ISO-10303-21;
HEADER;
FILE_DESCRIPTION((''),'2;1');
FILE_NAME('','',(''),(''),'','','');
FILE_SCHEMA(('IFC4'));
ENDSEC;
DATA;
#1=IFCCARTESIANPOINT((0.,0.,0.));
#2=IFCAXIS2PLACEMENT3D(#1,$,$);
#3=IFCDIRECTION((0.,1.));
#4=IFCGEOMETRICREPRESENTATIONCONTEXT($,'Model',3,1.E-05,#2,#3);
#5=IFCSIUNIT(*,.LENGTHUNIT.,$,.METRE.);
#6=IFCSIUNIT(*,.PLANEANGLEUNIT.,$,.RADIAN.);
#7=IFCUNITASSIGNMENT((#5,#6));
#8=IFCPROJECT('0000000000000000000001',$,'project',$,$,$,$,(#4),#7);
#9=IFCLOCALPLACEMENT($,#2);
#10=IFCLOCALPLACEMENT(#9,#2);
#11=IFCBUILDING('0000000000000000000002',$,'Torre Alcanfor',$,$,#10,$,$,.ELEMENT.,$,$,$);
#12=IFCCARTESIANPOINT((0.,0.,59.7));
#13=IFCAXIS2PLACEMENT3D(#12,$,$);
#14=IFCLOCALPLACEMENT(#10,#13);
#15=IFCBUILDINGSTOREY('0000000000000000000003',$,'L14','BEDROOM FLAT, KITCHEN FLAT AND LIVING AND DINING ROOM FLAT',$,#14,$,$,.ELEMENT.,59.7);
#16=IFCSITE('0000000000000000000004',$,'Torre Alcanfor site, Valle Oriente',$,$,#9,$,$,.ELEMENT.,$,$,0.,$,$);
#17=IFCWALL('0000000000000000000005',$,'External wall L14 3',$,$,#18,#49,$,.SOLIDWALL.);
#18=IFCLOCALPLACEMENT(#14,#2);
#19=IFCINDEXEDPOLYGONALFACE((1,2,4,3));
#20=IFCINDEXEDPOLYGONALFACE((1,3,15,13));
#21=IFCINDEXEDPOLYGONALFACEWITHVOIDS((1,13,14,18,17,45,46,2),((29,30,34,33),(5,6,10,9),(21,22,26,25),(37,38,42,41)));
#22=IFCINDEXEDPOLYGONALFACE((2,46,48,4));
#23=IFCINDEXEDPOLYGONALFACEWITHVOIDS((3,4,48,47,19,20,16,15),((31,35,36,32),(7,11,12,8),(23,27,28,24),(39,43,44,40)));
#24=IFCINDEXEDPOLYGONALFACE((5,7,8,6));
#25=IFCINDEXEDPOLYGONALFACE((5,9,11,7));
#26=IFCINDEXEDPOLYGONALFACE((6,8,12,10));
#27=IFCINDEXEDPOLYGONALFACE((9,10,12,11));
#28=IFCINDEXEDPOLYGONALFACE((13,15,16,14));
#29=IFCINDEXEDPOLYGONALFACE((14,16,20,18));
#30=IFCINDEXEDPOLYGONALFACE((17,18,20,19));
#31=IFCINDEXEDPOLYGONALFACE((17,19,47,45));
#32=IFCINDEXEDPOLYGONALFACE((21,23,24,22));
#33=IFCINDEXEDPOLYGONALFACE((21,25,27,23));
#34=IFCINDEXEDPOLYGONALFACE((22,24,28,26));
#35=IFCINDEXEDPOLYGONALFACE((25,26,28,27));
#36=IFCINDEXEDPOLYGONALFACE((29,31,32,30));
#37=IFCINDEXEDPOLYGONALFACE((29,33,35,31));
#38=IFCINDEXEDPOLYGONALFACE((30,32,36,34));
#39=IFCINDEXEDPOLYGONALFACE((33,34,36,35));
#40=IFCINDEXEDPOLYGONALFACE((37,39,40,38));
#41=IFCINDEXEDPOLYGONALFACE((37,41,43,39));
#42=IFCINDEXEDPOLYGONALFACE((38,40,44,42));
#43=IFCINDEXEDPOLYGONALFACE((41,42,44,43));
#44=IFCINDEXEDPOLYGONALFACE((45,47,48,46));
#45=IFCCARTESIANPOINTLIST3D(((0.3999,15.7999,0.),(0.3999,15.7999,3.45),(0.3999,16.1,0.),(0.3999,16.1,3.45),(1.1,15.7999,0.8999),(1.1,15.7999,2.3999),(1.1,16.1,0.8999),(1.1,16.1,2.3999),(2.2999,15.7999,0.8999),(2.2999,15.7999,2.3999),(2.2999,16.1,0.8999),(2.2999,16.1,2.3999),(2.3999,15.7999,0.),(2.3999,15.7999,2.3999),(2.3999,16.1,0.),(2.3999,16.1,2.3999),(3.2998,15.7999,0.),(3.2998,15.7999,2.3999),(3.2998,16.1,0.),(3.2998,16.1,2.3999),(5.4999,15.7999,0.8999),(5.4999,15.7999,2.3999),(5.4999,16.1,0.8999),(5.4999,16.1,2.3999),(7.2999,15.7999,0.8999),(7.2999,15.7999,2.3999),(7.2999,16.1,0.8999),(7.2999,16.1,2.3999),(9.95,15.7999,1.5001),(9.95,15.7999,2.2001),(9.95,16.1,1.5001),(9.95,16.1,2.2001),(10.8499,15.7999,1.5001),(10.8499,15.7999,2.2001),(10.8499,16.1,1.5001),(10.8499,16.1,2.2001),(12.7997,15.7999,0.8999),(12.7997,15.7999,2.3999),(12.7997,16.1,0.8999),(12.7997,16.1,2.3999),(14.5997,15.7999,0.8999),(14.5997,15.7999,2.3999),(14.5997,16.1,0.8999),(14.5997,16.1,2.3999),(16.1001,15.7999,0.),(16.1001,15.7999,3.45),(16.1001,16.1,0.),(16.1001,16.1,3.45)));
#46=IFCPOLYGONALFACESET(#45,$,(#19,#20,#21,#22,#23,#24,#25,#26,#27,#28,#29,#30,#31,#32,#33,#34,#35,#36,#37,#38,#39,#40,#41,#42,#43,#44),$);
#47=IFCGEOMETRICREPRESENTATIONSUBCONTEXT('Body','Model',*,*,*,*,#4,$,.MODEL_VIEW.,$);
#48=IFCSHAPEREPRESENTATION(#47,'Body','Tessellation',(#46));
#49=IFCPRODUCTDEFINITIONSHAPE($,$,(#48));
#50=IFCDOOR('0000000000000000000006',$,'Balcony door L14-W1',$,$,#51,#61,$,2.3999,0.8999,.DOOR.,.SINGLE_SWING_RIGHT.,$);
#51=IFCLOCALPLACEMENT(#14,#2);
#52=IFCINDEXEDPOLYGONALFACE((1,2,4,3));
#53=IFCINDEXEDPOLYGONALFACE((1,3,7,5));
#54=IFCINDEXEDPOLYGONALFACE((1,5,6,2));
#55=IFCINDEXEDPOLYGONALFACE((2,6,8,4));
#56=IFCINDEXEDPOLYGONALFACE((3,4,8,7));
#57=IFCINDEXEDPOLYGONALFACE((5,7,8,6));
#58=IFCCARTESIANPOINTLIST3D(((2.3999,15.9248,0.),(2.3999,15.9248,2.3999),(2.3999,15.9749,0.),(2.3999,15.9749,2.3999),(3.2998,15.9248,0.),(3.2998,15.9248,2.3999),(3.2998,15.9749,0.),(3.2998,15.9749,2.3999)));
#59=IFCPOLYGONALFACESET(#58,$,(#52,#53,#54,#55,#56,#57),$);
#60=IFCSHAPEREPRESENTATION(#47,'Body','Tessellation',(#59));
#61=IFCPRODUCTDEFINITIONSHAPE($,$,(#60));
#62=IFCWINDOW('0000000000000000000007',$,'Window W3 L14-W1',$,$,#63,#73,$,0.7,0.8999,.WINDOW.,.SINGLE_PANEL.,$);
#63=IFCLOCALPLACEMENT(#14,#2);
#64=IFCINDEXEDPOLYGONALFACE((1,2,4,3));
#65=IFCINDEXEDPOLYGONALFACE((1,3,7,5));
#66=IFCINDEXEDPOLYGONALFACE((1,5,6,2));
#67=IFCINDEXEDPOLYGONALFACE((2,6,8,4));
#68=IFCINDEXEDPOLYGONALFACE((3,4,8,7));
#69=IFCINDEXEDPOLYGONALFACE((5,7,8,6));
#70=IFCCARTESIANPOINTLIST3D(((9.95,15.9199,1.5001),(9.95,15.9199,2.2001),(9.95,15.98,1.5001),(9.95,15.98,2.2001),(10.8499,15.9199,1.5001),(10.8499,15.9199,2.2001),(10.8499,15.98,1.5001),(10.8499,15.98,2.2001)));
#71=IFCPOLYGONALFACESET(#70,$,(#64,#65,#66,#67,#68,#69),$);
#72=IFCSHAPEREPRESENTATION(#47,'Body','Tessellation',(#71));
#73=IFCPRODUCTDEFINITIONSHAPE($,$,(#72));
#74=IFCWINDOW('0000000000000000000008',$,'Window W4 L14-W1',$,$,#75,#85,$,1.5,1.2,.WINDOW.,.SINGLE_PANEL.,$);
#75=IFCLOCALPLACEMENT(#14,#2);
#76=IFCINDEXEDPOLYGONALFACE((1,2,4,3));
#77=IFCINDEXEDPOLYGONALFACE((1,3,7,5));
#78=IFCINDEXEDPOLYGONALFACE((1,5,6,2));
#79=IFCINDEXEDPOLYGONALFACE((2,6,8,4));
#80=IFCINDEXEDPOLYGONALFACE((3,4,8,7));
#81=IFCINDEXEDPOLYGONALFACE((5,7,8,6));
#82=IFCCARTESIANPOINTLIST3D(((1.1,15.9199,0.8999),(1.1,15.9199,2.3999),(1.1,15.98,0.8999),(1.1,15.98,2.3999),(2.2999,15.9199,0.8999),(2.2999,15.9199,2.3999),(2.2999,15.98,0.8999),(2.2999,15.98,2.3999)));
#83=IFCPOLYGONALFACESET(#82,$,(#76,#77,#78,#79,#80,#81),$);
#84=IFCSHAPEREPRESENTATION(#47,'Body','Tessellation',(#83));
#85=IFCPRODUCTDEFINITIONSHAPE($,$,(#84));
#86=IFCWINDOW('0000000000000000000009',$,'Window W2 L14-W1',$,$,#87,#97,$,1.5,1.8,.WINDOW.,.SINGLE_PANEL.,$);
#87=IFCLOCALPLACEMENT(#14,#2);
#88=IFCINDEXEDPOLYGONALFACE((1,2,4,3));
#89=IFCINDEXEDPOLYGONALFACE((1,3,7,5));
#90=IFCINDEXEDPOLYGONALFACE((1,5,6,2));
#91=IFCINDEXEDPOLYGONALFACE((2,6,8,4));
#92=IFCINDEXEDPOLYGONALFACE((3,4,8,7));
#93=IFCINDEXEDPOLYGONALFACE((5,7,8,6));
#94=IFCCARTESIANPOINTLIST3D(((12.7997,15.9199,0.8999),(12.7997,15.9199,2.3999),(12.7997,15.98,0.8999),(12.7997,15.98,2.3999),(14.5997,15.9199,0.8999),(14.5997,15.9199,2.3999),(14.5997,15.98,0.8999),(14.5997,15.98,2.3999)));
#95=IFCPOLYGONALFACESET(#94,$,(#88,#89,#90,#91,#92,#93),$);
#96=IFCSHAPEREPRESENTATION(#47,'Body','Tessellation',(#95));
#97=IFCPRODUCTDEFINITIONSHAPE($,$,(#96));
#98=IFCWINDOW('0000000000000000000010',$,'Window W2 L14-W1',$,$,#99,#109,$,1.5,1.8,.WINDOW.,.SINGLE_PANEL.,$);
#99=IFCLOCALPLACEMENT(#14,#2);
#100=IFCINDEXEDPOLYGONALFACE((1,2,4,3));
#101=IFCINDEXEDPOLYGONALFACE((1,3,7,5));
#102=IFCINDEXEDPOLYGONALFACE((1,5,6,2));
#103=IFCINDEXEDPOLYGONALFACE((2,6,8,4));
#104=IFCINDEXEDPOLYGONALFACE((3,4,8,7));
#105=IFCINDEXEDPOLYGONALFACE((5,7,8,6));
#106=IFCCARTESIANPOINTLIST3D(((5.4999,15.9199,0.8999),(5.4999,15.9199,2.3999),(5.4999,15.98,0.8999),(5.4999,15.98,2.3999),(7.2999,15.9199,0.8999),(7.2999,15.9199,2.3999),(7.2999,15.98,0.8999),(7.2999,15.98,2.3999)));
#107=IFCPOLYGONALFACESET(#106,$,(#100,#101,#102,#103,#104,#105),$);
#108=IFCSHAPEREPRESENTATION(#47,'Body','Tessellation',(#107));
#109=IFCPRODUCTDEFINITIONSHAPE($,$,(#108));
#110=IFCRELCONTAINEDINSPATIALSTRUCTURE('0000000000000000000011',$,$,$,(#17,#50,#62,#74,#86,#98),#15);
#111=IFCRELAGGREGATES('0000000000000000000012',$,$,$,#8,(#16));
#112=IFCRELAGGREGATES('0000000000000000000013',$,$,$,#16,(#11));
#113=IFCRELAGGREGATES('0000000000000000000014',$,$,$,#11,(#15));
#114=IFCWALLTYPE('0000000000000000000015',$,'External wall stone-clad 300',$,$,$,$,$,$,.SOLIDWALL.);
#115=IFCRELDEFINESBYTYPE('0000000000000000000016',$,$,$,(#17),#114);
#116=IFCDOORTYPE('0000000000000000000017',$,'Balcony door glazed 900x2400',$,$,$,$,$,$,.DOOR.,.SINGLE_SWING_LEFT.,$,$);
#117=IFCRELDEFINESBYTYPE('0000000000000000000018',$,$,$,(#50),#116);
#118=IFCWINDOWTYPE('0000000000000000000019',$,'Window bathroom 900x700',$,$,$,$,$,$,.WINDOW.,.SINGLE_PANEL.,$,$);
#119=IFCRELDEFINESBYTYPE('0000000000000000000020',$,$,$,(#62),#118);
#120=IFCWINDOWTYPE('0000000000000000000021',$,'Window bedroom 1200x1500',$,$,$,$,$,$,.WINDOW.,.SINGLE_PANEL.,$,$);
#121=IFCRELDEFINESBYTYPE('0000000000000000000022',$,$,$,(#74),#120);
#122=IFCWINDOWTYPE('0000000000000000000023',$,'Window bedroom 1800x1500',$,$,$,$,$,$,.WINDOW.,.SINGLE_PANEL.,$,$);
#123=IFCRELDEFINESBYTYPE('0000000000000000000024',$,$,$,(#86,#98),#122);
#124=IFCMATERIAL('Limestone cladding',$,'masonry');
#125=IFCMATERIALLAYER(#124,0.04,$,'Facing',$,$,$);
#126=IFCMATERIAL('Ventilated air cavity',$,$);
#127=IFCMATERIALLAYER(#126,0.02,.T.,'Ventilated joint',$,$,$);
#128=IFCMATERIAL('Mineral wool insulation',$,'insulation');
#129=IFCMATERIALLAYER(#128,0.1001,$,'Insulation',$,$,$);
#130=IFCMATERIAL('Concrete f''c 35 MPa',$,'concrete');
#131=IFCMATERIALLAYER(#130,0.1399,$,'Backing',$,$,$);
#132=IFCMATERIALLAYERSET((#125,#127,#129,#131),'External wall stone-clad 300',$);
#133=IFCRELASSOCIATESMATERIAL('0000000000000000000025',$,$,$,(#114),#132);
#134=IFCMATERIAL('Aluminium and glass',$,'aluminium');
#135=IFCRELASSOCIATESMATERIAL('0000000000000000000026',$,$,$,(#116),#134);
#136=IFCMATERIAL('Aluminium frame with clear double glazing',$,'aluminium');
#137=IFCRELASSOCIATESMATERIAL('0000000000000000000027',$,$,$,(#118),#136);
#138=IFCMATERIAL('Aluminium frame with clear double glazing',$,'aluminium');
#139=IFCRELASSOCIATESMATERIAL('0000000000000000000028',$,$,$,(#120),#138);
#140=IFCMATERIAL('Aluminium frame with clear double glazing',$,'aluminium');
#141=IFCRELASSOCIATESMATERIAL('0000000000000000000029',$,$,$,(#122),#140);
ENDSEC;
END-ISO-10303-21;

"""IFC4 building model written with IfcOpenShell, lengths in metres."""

from ifc_helpers import new_model, si_unit, direction, frame, frame_2d, origin, place, context, subcontext, project, spatial, rectangle, extrude, material, layer, layer_set, type_object, element, fill, save


model = new_model("IFC4")

# Units and contexts
model_context = context("Model", 3, precision=1e-05, world=origin(), true_north=direction((0.0, 1.0)))
body_context = subcontext(model_context, "Body", "Model", "MODEL_VIEW")
ifc_project = project(units=[si_unit("LENGTHUNIT", "METRE"), si_unit("PLANEANGLEUNIT", "RADIAN")], contexts=[model_context])

# Site, building, storey
site_placement = place(None, origin())
site = spatial("IfcSite", under=ifc_project, at=site_placement, Name="Torre Alcanfor site, Valle Oriente", CompositionType="ELEMENT", RefElevation=0.0)
building_placement = place(site_placement, origin())
building = spatial("IfcBuilding", under=site, at=building_placement, Name="Torre Alcanfor", CompositionType="ELEMENT")
storey_placement = place(building_placement, frame((0.0, 0.0, 59.7)))
storey = spatial("IfcBuildingStorey", under=building, at=storey_placement, Name="L14", Description="BEDROOM FLAT, KITCHEN FLAT AND LIVING AND DINING ROOM FLAT", CompositionType="ELEMENT", Elevation=59.7)

# Wall, openings, door, windows
ifc_material_1 = material(Name="Limestone cladding", Category="masonry")
ifc_layer_1 = layer(ifc_material_1, 0.04, Name="Facing")
ifc_material_2 = material(Name="Ventilated air cavity")
ifc_layer_2 = layer(ifc_material_2, 0.02, ventilated=True, Name="Ventilated joint")
ifc_material_3 = material(Name="Mineral wool insulation", Category="insulation")
ifc_layer_3 = layer(ifc_material_3, 0.1001, Name="Insulation")
ifc_material_4 = material(Name="Concrete f'c 35 MPa", Category="concrete")
ifc_layer_4 = layer(ifc_material_4, 0.1399, Name="Backing")
ifc_layer_set_1 = layer_set([ifc_layer_1, ifc_layer_2, ifc_layer_3, ifc_layer_4], Name="External wall stone-clad 300")
wall_type_1 = type_object("IfcWallType", Name="External wall stone-clad 300", PredefinedType="SOLIDWALL", material=ifc_layer_set_1)
wall_1_placement = place(storey_placement, frame((0.3999, 15.95, 0.0), z_axis=(0.0, 0.0, 1.0), x_axis=(1.0, 0.0, 0.0)))
wall_1 = element("IfcWall", 1, at=wall_1_placement, inside=storey, type_object=wall_type_1, Name="External wall L14 3", PredefinedType="SOLIDWALL", context=body_context, shape_type="SweptSolid", body=[
    extrude(rectangle(XDim=15.7002, YDim=0.3, at=frame_2d((7.8501, 0.0))), origin(), (0.0, 0.0, 1.0), 3.45),
])
opening_1_placement = place(wall_1_placement, frame((12.3999, 0.0, 0.8999)))
opening_1 = element("IfcOpeningElement", 2, at=opening_1_placement, cuts=wall_1, PredefinedType="OPENING", context=body_context, shape_type="SweptSolid", body=[
    extrude(rectangle(XDim=1.8, YDim=1.5, at=frame_2d((0.8999, 0.75))), frame((0.0, 0.1599, 0.0), z_axis=(0.0, -1.0, 0.0), x_axis=(1.0, 0.0, 0.0)), (0.0, 0.0, 1.0), 0.3201),
])
opening_2_placement = place(wall_1_placement, frame((9.55, 0.0, 1.5)))
opening_2 = element("IfcOpeningElement", 3, at=opening_2_placement, cuts=wall_1, PredefinedType="OPENING", context=body_context, shape_type="SweptSolid", body=[
    extrude(rectangle(XDim=0.8999, YDim=0.7, at=frame_2d((0.45, 0.3501))), frame((0.0, 0.1599, 0.0), z_axis=(0.0, -1.0, 0.0), x_axis=(1.0, 0.0, 0.0)), (0.0, 0.0, 1.0), 0.3201),
])
opening_3_placement = place(wall_1_placement, frame((5.1001, 0.0, 0.8999)))
opening_3 = element("IfcOpeningElement", 4, at=opening_3_placement, cuts=wall_1, PredefinedType="OPENING", context=body_context, shape_type="SweptSolid", body=[
    extrude(rectangle(XDim=1.8, YDim=1.5, at=frame_2d((0.8999, 0.75))), frame((0.0, 0.1599, 0.0), z_axis=(0.0, -1.0, 0.0), x_axis=(1.0, 0.0, 0.0)), (0.0, 0.0, 1.0), 0.3201),
])
opening_4_placement = place(wall_1_placement, frame((2.0, 0.0, 0.0)))
opening_4 = element("IfcOpeningElement", 5, at=opening_4_placement, cuts=wall_1, PredefinedType="OPENING", context=body_context, shape_type="SweptSolid", body=[
    extrude(rectangle(XDim=0.8999, YDim=2.3999, at=frame_2d((0.45, 1.2))), frame((0.0, 0.1599, 0.0), z_axis=(0.0, -1.0, 0.0), x_axis=(1.0, 0.0, 0.0)), (0.0, 0.0, 1.0), 0.3201),
])
opening_5_placement = place(wall_1_placement, frame((0.7, 0.0, 0.8999)))
opening_5 = element("IfcOpeningElement", 6, at=opening_5_placement, cuts=wall_1, PredefinedType="OPENING", context=body_context, shape_type="SweptSolid", body=[
    extrude(rectangle(XDim=1.2, YDim=1.5, at=frame_2d((0.6001, 0.75))), frame((0.0, 0.1599, 0.0), z_axis=(0.0, -1.0, 0.0), x_axis=(1.0, 0.0, 0.0)), (0.0, 0.0, 1.0), 0.3201),
])
ifc_material_5 = material(Name="Aluminium and glass", Category="aluminium")
door_type = type_object("IfcDoorType", Name="Balcony door glazed 900x2400", OperationType="SINGLE_SWING_LEFT", PredefinedType="DOOR", material=ifc_material_5)
door_1_placement = place(opening_4_placement, origin())
door_1 = element("IfcDoor", 7, at=door_1_placement, inside=storey, type_object=door_type, Name="Balcony door L14-W1", OperationType="SINGLE_SWING_RIGHT", OverallHeight=2.3999, OverallWidth=0.8999, PredefinedType="DOOR", context=body_context, shape_type="SweptSolid", body=[
    extrude(rectangle(XDim=0.8999, YDim=2.3999, at=frame_2d((0.45, 1.2))), frame((0.0, 0.0249, 0.0), z_axis=(0.0, -1.0, 0.0), x_axis=(1.0, 0.0, 0.0)), (0.0, 0.0, 1.0), 0.05),
])
fill(opening_4, door_1)
ifc_material_6 = material(Name="Aluminium frame with clear double glazing", Category="aluminium")
window_type_1 = type_object("IfcWindowType", Name="Window bathroom 900x700", PartitioningType="SINGLE_PANEL", PredefinedType="WINDOW", material=ifc_material_6)
window_1_placement = place(opening_2_placement, origin())
window_1 = element("IfcWindow", 8, at=window_1_placement, inside=storey, type_object=window_type_1, Name="Window W3 L14-W1", OverallHeight=0.7, OverallWidth=0.8999, PartitioningType="SINGLE_PANEL", PredefinedType="WINDOW", context=body_context, shape_type="SweptSolid", body=[
    extrude(rectangle(XDim=0.8999, YDim=0.7, at=frame_2d((0.45, 0.3501))), frame((0.0, 0.03, 0.0), z_axis=(0.0, -1.0, 0.0), x_axis=(1.0, 0.0, 0.0)), (0.0, 0.0, 1.0), 0.0601),
])
fill(opening_2, window_1)
ifc_material_7 = material(Name="Aluminium frame with clear double glazing", Category="aluminium")
window_type_2 = type_object("IfcWindowType", Name="Window bedroom 1200x1500", PartitioningType="SINGLE_PANEL", PredefinedType="WINDOW", material=ifc_material_7)
window_2_placement = place(opening_5_placement, origin())
window_2 = element("IfcWindow", 9, at=window_2_placement, inside=storey, type_object=window_type_2, Name="Window W4 L14-W1", OverallHeight=1.5, OverallWidth=1.2, PartitioningType="SINGLE_PANEL", PredefinedType="WINDOW", context=body_context, shape_type="SweptSolid", body=[
    extrude(rectangle(XDim=1.2, YDim=1.5, at=frame_2d((0.6001, 0.75))), frame((0.0, 0.03, 0.0), z_axis=(0.0, -1.0, 0.0), x_axis=(1.0, 0.0, 0.0)), (0.0, 0.0, 1.0), 0.0601),
])
fill(opening_5, window_2)
ifc_material_8 = material(Name="Aluminium frame with clear double glazing", Category="aluminium")
window_type_3 = type_object("IfcWindowType", Name="Window bedroom 1800x1500", PartitioningType="SINGLE_PANEL", PredefinedType="WINDOW", material=ifc_material_8)
window_3_placement = place(opening_1_placement, origin())
window_3 = element("IfcWindow", 10, at=window_3_placement, inside=storey, type_object=window_type_3, Name="Window W2 L14-W1", OverallHeight=1.5, OverallWidth=1.8, PartitioningType="SINGLE_PANEL", PredefinedType="WINDOW", context=body_context, shape_type="SweptSolid", body=[
    extrude(rectangle(XDim=1.8, YDim=1.5, at=frame_2d((0.8999, 0.75))), frame((0.0, 0.03, 0.0), z_axis=(0.0, -1.0, 0.0), x_axis=(1.0, 0.0, 0.0)), (0.0, 0.0, 1.0), 0.0601),
])
fill(opening_1, window_3)
window_4_placement = place(opening_3_placement, origin())
window_4 = element("IfcWindow", 11, at=window_4_placement, inside=storey, type_object=window_type_3, Name="Window W2 L14-W1", OverallHeight=1.5, OverallWidth=1.8, PartitioningType="SINGLE_PANEL", PredefinedType="WINDOW", context=body_context, shape_type="SweptSolid", body=[
    extrude(rectangle(XDim=1.8, YDim=1.5, at=frame_2d((0.8999, 0.75))), frame((0.0, 0.03, 0.0), z_axis=(0.0, -1.0, 0.0), x_axis=(1.0, 0.0, 0.0)), (0.0, 0.0, 1.0), 0.0601),
])
fill(opening_3, window_4)

save(model, "model.ifc")
